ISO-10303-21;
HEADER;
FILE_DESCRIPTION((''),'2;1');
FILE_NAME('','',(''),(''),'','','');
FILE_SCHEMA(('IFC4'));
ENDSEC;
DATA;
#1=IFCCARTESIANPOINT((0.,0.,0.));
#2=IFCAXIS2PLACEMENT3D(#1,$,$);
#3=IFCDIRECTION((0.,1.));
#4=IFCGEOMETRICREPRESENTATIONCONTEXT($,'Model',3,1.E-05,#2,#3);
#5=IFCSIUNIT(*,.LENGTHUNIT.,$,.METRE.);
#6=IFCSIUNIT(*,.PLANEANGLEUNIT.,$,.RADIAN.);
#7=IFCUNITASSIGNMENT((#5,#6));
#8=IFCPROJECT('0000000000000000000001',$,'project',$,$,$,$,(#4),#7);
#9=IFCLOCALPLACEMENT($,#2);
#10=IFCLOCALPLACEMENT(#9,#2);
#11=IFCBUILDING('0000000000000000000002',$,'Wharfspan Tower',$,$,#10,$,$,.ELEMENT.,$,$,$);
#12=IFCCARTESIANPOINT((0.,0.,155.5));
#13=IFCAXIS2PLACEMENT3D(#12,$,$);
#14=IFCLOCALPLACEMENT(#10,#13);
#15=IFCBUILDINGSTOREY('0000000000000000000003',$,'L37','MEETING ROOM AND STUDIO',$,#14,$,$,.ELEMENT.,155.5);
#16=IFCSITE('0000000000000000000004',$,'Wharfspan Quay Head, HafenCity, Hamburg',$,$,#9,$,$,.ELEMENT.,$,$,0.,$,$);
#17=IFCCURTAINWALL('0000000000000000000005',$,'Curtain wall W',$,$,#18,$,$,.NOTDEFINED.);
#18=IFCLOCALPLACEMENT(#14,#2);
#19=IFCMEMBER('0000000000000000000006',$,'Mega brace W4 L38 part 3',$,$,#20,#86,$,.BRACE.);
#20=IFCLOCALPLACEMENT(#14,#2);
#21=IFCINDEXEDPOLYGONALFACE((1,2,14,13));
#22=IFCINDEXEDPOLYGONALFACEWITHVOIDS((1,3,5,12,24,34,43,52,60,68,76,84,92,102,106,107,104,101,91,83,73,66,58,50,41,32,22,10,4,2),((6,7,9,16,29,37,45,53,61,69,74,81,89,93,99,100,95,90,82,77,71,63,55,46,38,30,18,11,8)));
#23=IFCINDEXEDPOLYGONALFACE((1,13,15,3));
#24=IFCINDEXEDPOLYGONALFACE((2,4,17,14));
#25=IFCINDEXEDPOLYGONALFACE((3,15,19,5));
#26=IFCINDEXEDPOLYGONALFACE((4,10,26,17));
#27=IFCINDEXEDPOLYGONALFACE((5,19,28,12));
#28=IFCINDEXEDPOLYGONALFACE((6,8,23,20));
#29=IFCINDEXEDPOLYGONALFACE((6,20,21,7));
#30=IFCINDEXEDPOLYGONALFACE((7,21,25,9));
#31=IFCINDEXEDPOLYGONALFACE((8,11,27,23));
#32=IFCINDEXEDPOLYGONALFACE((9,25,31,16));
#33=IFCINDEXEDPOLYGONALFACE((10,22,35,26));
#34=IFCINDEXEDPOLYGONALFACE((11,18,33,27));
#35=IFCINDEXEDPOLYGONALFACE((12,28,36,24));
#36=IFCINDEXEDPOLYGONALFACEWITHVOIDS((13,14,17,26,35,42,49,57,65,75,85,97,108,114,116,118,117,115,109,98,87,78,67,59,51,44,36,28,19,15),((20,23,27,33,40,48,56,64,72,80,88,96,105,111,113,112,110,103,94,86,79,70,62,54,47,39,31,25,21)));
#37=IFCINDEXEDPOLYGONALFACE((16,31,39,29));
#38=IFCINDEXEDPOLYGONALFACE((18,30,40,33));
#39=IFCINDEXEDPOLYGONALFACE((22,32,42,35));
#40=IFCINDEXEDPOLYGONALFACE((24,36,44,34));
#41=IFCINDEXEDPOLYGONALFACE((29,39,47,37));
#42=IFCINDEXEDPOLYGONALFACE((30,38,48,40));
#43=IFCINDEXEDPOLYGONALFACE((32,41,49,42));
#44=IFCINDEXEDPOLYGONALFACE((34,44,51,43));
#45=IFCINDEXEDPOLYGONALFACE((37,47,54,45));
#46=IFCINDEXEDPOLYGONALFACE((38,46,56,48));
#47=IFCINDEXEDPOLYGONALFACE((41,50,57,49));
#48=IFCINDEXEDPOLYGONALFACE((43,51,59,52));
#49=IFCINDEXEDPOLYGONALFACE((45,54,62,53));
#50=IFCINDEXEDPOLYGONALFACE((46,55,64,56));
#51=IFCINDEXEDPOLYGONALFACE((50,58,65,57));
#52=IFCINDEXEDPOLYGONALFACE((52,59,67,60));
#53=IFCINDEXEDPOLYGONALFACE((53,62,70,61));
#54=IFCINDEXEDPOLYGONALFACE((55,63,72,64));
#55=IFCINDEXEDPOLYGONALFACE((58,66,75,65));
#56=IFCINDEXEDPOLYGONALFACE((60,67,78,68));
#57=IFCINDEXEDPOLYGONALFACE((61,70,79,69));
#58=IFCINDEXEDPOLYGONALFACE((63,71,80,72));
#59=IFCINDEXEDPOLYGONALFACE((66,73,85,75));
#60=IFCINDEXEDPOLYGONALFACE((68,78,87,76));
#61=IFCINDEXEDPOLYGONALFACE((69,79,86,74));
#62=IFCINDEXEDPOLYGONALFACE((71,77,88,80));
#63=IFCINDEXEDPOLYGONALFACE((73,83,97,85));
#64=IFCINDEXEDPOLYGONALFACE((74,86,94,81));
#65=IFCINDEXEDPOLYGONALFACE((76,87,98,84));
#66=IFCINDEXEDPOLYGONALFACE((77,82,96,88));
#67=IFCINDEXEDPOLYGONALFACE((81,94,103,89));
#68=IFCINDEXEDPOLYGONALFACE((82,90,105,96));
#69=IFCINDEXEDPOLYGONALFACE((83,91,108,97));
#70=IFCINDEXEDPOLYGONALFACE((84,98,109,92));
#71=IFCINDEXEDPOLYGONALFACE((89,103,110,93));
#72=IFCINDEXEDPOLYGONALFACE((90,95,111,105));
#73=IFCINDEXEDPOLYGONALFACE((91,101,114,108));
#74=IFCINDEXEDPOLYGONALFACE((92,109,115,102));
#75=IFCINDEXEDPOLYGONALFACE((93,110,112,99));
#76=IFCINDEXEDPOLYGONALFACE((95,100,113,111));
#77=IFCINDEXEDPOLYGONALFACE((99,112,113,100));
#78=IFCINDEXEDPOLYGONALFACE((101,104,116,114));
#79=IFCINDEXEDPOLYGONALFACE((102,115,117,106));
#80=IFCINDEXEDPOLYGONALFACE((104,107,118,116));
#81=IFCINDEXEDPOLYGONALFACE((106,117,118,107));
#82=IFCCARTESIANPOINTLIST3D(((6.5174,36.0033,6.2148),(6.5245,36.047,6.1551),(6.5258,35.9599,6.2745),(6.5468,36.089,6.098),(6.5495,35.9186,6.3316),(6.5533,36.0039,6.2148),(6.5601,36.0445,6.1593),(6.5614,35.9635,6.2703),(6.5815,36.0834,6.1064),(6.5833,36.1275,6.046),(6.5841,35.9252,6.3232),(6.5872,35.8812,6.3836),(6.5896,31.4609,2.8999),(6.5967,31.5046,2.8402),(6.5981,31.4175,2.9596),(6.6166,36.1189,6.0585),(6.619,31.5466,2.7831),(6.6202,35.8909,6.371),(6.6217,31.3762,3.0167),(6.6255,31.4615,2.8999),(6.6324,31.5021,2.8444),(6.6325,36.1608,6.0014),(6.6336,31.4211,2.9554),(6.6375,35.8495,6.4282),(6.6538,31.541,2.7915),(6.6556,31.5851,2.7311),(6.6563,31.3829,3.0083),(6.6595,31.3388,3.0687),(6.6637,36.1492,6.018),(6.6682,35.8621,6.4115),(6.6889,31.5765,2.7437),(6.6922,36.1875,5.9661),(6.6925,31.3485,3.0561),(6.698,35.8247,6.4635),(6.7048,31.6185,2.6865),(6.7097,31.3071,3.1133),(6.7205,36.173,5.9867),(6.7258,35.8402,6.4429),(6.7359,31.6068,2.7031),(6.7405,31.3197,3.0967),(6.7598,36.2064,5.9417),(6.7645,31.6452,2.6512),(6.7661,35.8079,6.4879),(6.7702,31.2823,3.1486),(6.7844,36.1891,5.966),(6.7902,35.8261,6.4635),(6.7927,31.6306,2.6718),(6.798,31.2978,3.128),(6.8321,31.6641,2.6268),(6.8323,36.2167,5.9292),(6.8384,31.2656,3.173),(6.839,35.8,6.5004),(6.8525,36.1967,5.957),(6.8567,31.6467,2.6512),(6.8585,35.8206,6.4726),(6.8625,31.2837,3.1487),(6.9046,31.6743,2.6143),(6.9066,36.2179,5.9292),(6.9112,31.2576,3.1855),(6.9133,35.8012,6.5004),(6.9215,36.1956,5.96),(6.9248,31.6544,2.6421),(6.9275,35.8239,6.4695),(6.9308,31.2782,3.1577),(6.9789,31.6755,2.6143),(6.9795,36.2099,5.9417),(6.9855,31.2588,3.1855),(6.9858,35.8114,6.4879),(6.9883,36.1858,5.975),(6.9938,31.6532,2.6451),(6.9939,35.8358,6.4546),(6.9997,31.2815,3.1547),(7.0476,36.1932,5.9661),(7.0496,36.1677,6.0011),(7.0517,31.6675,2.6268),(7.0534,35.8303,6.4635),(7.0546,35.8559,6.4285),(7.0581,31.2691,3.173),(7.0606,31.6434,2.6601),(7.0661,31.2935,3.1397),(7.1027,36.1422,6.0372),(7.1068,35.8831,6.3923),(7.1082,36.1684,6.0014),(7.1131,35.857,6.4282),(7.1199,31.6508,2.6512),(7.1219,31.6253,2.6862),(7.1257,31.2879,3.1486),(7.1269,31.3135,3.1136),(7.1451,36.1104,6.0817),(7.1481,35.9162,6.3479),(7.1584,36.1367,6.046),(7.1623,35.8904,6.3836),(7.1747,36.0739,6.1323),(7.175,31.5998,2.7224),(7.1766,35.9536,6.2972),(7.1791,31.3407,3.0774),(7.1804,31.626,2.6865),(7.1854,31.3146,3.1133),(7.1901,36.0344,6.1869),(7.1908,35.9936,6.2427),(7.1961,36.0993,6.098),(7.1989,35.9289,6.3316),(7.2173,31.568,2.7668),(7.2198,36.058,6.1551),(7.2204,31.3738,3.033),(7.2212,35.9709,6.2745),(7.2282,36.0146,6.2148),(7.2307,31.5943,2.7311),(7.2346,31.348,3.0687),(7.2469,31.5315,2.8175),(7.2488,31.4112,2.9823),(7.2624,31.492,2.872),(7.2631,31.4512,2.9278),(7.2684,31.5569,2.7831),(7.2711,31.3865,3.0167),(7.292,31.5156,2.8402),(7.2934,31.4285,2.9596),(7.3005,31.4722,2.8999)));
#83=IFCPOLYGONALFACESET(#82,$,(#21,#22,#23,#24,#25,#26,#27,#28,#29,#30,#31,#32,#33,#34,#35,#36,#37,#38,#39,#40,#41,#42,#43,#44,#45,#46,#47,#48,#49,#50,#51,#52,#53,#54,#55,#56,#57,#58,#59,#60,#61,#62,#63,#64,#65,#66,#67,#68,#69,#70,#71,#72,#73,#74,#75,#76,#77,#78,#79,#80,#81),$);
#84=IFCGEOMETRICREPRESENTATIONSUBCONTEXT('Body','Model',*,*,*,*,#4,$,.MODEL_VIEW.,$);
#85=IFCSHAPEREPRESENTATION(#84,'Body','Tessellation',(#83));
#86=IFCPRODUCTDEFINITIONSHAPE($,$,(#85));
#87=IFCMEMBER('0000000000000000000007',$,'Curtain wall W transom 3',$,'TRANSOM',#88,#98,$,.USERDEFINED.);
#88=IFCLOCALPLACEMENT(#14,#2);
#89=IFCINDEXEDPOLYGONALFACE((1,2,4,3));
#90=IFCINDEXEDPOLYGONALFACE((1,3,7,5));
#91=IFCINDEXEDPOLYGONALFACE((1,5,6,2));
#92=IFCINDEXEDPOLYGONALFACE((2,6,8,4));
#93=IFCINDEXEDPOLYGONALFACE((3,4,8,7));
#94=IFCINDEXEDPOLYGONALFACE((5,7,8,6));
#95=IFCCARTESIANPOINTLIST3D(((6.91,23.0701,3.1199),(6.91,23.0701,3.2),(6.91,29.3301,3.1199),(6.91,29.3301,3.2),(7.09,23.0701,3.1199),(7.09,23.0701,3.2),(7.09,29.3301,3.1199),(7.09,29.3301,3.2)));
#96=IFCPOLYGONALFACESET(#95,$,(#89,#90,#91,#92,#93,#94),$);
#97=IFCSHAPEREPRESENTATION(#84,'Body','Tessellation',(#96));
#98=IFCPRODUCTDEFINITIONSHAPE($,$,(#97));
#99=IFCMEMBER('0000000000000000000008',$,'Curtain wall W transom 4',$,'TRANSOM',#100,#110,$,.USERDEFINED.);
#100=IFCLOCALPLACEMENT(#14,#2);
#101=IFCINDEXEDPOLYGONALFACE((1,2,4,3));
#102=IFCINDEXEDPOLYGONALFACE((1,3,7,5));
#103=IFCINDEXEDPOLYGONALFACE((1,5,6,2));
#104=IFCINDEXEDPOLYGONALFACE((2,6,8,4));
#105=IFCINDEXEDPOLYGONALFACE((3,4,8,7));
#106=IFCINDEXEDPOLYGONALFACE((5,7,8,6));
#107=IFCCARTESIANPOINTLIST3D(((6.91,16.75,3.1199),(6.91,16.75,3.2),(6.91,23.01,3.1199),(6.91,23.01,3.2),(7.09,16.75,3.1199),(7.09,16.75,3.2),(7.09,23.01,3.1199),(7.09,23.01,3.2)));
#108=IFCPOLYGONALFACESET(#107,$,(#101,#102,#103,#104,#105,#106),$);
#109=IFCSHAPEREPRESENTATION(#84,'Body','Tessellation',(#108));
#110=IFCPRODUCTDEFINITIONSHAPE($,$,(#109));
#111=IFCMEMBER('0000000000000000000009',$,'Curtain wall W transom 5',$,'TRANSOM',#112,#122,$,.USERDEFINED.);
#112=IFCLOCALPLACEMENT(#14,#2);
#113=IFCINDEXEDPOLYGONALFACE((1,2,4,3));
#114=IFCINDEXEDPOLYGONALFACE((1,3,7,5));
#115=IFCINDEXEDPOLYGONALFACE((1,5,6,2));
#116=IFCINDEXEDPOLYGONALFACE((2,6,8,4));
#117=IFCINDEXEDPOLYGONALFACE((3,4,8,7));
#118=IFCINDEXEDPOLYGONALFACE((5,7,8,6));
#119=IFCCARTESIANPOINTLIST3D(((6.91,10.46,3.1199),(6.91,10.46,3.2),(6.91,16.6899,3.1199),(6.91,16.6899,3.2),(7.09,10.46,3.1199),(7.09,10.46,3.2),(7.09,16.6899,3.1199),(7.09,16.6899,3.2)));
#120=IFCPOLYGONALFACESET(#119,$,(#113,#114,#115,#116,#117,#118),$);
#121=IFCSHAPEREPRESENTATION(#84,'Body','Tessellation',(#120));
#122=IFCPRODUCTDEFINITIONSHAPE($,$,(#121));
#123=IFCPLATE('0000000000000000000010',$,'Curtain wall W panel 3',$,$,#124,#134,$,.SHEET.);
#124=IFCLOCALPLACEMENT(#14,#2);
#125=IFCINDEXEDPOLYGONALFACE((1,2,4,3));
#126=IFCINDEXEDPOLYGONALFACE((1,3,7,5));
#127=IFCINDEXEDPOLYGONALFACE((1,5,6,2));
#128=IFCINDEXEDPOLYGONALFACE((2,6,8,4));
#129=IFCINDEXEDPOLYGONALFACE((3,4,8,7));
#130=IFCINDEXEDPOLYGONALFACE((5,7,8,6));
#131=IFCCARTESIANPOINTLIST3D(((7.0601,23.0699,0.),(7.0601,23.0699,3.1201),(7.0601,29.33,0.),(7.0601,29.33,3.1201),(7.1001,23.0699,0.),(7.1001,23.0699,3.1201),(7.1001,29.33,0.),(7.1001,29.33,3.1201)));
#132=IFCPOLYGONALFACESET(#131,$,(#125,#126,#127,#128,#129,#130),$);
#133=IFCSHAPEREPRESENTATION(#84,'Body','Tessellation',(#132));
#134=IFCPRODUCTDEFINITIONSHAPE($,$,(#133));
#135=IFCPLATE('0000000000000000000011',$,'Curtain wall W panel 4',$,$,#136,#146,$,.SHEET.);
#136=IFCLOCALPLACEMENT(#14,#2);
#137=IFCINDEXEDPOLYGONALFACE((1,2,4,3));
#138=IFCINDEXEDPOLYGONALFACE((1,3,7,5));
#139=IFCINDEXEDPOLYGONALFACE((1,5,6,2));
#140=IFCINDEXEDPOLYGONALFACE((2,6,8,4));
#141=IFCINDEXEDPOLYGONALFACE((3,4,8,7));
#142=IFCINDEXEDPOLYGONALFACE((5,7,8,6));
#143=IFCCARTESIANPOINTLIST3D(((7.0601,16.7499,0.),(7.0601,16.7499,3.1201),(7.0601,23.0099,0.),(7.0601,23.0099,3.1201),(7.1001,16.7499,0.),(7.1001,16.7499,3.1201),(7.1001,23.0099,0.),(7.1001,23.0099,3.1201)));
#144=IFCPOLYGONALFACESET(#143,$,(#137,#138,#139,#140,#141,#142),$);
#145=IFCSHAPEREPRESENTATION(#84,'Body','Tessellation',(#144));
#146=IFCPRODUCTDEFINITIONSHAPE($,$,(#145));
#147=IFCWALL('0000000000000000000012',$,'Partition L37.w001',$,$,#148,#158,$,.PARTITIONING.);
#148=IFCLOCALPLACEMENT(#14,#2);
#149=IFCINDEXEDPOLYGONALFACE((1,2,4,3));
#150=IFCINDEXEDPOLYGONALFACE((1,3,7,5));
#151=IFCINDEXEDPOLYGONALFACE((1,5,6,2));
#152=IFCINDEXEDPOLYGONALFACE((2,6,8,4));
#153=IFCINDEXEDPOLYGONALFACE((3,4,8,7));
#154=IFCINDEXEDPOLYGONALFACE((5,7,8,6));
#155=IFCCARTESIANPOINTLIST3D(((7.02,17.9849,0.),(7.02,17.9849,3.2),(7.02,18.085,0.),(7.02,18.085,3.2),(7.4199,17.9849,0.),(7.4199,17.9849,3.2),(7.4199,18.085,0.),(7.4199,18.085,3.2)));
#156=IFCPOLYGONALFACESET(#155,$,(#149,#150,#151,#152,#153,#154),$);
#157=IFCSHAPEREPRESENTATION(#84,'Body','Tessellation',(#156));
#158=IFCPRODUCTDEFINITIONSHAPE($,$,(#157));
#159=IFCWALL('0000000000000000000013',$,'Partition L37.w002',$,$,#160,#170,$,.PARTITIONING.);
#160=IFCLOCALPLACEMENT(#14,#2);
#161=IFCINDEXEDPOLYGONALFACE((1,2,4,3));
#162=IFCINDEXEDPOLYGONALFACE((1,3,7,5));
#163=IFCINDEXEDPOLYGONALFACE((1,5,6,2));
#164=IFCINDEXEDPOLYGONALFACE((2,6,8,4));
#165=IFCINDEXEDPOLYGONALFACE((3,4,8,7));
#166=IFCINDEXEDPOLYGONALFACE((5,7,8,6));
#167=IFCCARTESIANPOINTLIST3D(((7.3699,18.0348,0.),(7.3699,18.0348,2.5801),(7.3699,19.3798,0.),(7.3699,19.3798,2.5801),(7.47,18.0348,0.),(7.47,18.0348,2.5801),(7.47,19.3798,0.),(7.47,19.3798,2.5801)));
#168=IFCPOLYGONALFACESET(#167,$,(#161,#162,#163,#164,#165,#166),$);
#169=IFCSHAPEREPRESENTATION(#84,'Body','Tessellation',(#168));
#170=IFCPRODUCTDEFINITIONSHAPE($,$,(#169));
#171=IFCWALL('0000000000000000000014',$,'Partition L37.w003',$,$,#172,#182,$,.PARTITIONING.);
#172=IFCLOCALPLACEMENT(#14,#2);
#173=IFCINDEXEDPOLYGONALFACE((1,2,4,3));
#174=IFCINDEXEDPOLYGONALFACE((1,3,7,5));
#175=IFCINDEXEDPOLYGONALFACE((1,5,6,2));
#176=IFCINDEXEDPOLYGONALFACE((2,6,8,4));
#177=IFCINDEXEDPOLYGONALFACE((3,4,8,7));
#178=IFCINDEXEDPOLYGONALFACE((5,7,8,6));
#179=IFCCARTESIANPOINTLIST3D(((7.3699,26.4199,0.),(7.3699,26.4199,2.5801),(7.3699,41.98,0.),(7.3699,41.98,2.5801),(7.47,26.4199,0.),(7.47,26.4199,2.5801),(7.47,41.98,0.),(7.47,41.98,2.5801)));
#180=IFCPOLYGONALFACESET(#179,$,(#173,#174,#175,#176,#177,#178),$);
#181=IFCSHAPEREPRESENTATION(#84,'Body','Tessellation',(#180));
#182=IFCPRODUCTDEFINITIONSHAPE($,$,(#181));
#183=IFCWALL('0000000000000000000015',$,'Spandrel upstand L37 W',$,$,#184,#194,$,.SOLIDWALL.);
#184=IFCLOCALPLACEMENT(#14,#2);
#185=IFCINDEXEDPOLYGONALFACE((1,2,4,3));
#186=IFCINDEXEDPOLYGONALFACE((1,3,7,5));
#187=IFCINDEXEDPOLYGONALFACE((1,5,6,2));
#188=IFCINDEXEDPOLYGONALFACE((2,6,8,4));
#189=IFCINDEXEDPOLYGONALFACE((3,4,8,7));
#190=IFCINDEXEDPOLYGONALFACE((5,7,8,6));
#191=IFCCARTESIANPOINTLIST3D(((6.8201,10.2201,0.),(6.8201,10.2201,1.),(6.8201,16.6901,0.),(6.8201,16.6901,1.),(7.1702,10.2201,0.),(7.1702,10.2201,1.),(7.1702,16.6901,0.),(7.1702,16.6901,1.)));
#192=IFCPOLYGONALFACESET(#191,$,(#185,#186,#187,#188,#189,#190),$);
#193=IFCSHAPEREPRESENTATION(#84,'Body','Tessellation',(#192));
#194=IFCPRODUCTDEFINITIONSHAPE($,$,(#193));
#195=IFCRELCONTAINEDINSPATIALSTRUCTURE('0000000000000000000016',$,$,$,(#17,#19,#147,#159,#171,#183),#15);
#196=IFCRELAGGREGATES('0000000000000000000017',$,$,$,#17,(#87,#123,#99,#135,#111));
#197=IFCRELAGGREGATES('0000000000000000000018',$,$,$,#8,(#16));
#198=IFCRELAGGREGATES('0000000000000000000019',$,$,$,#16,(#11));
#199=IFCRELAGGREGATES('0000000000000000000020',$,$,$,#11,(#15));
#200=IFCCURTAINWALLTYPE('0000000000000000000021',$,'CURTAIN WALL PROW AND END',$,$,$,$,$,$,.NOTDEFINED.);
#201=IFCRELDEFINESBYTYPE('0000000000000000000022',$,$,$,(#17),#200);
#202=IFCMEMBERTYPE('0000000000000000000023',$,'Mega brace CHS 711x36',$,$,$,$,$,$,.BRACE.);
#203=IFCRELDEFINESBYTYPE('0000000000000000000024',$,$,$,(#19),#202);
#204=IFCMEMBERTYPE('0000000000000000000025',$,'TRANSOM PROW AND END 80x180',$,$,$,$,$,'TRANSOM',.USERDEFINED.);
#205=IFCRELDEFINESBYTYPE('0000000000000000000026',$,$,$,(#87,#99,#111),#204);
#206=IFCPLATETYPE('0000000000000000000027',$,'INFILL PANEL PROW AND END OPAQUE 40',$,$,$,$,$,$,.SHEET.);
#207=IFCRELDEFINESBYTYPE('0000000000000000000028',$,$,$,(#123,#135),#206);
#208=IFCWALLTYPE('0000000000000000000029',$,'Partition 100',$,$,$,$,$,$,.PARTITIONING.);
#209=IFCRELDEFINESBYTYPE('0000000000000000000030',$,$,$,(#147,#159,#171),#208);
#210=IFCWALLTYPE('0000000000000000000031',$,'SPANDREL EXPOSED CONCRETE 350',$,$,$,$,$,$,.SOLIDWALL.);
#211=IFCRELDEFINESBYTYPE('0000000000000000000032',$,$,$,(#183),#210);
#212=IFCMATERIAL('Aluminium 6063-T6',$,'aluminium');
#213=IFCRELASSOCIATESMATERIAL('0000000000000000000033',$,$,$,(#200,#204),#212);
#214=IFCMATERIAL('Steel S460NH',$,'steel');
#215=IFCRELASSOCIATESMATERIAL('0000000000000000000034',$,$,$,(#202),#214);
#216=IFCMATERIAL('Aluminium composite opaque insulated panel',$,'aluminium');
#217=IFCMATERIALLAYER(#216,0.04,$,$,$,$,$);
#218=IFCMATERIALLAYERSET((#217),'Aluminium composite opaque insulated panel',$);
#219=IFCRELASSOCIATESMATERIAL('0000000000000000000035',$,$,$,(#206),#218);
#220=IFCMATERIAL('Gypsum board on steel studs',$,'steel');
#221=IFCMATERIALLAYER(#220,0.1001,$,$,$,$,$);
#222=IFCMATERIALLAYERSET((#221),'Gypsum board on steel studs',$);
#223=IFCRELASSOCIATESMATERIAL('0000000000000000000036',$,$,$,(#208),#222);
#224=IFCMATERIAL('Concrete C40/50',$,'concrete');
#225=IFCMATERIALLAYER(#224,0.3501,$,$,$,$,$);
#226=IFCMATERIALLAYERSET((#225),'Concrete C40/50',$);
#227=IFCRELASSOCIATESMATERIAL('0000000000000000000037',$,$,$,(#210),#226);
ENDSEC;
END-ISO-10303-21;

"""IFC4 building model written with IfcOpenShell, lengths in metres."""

from ifc_helpers import new_model, si_unit, direction, frame, frame_2d, origin, origin_2d, place, context, subcontext, project, spatial, rectangle, hollow_circle, extrude, material, layer, layer_set, material_profile, profile_set, type_object, element, aggregate, save


model = new_model("IFC4")

# Units and contexts
model_context = context("Model", 3, precision=1e-05, world=origin(), true_north=direction((0.0, 1.0)))
body_context = subcontext(model_context, "Body", "Model", "MODEL_VIEW")
ifc_project = project(units=[si_unit("LENGTHUNIT", "METRE"), si_unit("PLANEANGLEUNIT", "RADIAN")], contexts=[model_context])

# Site, building, storey
site_placement = place(None, origin())
site = spatial("IfcSite", under=ifc_project, at=site_placement, Name="Wharfspan Quay Head, HafenCity, Hamburg", CompositionType="ELEMENT", RefElevation=0.0)
building_placement = place(site_placement, origin())
building = spatial("IfcBuilding", under=site, at=building_placement, Name="Wharfspan Tower", CompositionType="ELEMENT")
storey_placement = place(building_placement, frame((0.0, 0.0, 155.5)))
storey = spatial("IfcBuildingStorey", under=building, at=storey_placement, Name="L37", Description="MEETING ROOM AND STUDIO", CompositionType="ELEMENT", Elevation=155.5)

# Curtain wall
ifc_material_1 = material(Name="Aluminium 6063-T6", Category="aluminium")
curtain_wall_type = type_object("IfcCurtainWallType", Name="CURTAIN WALL PROW AND END", PredefinedType="NOTDEFINED", material=ifc_material_1)
curtain_wall_placement = place(storey_placement, origin())
curtain_wall = element("IfcCurtainWall", 1, at=curtain_wall_placement, inside=storey, type_object=curtain_wall_type, Name="Curtain wall W", PredefinedType="NOTDEFINED")

# Member
ifc_material_2 = material(Name="Steel S460NH", Category="steel")
ifc_material_profile_1 = material_profile(ifc_material_2, hollow_circle(Radius=0.3555, WallThickness=0.0359, at=origin_2d()))
ifc_profile_set_1 = profile_set([ifc_material_profile_1], Name="Steel S460NH")
member_type_1 = type_object("IfcMemberType", Name="Mega brace CHS 711x36", PredefinedType="BRACE", material=ifc_profile_set_1)
member_1_placement = place(storey_placement, frame((6.9451, 31.4666, 2.8999), z_axis=(-0.01285, 0.807711, 0.589439), x_axis=(-0.999876, -0.015905, -0.000003)))
element("IfcMember", 2, at=member_1_placement, inside=storey, type_object=member_type_1, Name="Mega brace W4 L38 part 3", PredefinedType="BRACE", context=body_context, shape_type="SweptSolid", body=[
    extrude(hollow_circle(Radius=0.3555, WallThickness=0.0359, at=origin_2d()), origin(), (0.0, 0.0, 1.0), 5.6238),
])

# Members
ifc_material_profile_2 = material_profile(ifc_material_1, rectangle(XDim=0.1799, YDim=0.0801, at=origin_2d()))
ifc_profile_set_2 = profile_set([ifc_material_profile_2], Name="Aluminium 6063-T6")
member_type_2 = type_object("IfcMemberType", Name="TRANSOM PROW AND END 80x180", ElementType="TRANSOM", PredefinedType="USERDEFINED", material=ifc_profile_set_2)
member_2_placement = place(storey_placement, frame((7.0, 29.3301, 3.1599), z_axis=(0.0, -1.0, 0.0), x_axis=(1.0, 0.0, 0.0)))
member_2 = element("IfcMember", 3, at=member_2_placement, type_object=member_type_2, Name="Curtain wall W transom 3", ObjectType="TRANSOM", PredefinedType="USERDEFINED", context=body_context, shape_type="SweptSolid", body=[
    extrude(rectangle(XDim=0.1799, YDim=0.0801, at=origin_2d()), origin(), (0.0, 0.0, 1.0), 6.26),
])
member_3_placement = place(storey_placement, frame((7.0, 23.01, 3.1599), z_axis=(0.0, -1.0, 0.0), x_axis=(1.0, 0.0, 0.0)))
member_3 = element("IfcMember", 4, at=member_3_placement, type_object=member_type_2, Name="Curtain wall W transom 4", ObjectType="TRANSOM", PredefinedType="USERDEFINED", context=body_context, shape_type="SweptSolid", body=[
    extrude(rectangle(XDim=0.1799, YDim=0.0801, at=origin_2d()), origin(), (0.0, 0.0, 1.0), 6.26),
])
member_4_placement = place(storey_placement, frame((7.0, 16.6899, 3.1599), z_axis=(0.0, -1.0, 0.0), x_axis=(1.0, 0.0, 0.0)))
member_4 = element("IfcMember", 5, at=member_4_placement, type_object=member_type_2, Name="Curtain wall W transom 5", ObjectType="TRANSOM", PredefinedType="USERDEFINED", context=body_context, shape_type="SweptSolid", body=[
    extrude(rectangle(XDim=0.1799, YDim=0.0801, at=origin_2d()), origin(), (0.0, 0.0, 1.0), 6.23),
])

# Plates
ifc_material_3 = material(Name="Aluminium composite opaque insulated panel", Category="aluminium")
ifc_layer_1 = layer(ifc_material_3, 0.04)
ifc_layer_set_1 = layer_set([ifc_layer_1], Name="Aluminium composite opaque insulated panel")
plate_type = type_object("IfcPlateType", Name="INFILL PANEL PROW AND END OPAQUE 40", PredefinedType="SHEET", material=ifc_layer_set_1)
plate_1_placement = place(storey_placement, frame((7.0801, 26.2, 0.0), z_axis=(0.0, 0.0, 1.0), x_axis=(0.0, -1.0, 0.0)))
plate_1 = element("IfcPlate", 6, at=plate_1_placement, type_object=plate_type, Name="Curtain wall W panel 3", PredefinedType="SHEET", context=body_context, shape_type="SweptSolid", body=[
    extrude(rectangle(XDim=6.26, YDim=0.04, at=origin_2d()), origin(), (0.0, 0.0, 1.0), 3.1201),
])
plate_2_placement = place(storey_placement, frame((7.0801, 19.8799, 0.0), z_axis=(0.0, 0.0, 1.0), x_axis=(0.0, -1.0, 0.0)))
plate_2 = element("IfcPlate", 7, at=plate_2_placement, type_object=plate_type, Name="Curtain wall W panel 4", PredefinedType="SHEET", context=body_context, shape_type="SweptSolid", body=[
    extrude(rectangle(XDim=6.26, YDim=0.04, at=origin_2d()), origin(), (0.0, 0.0, 1.0), 3.1201),
])
aggregate(curtain_wall, [member_2, plate_1, member_3, plate_2, member_4])

# Walls
ifc_material_4 = material(Name="Gypsum board on steel studs", Category="steel")
ifc_layer_2 = layer(ifc_material_4, 0.1001)
ifc_layer_set_2 = layer_set([ifc_layer_2], Name="Gypsum board on steel studs")
wall_type_1 = type_object("IfcWallType", Name="Partition 100", PredefinedType="PARTITIONING", material=ifc_layer_set_2)
wall_1_placement = place(storey_placement, frame((7.02, 18.0349, 0.0), z_axis=(0.0, 0.0, 1.0), x_axis=(1.0, 0.0, 0.0)))
element("IfcWall", 8, at=wall_1_placement, inside=storey, type_object=wall_type_1, Name="Partition L37.w001", PredefinedType="PARTITIONING", context=body_context, shape_type="SweptSolid", body=[
    extrude(rectangle(XDim=0.3999, YDim=0.1001, at=frame_2d((0.2, 0.0))), origin(), (0.0, 0.0, 1.0), 3.2),
])
wall_2_placement = place(storey_placement, frame((7.4199, 18.0349, 0.0), z_axis=(0.0, 0.0, 1.0), x_axis=(0.0, 1.0, 0.0)))
element("IfcWall", 9, at=wall_2_placement, inside=storey, type_object=wall_type_1, Name="Partition L37.w002", PredefinedType="PARTITIONING", context=body_context, shape_type="SweptSolid", body=[
    extrude(rectangle(XDim=1.345, YDim=0.1001, at=frame_2d((0.6724, 0.0))), origin(), (0.0, 0.0, 1.0), 2.5801),
])
wall_3_placement = place(storey_placement, frame((7.4199, 26.4199, 0.0), z_axis=(0.0, 0.0, 1.0), x_axis=(0.0, 1.0, 0.0)))
element("IfcWall", 10, at=wall_3_placement, inside=storey, type_object=wall_type_1, Name="Partition L37.w003", PredefinedType="PARTITIONING", context=body_context, shape_type="SweptSolid", body=[
    extrude(rectangle(XDim=15.5601, YDim=0.1001, at=frame_2d((7.78, 0.0))), origin(), (0.0, 0.0, 1.0), 2.5801),
])
ifc_material_5 = material(Name="Concrete C40/50", Category="concrete")
ifc_layer_3 = layer(ifc_material_5, 0.3501)
ifc_layer_set_3 = layer_set([ifc_layer_3], Name="Concrete C40/50")
wall_type_2 = type_object("IfcWallType", Name="SPANDREL EXPOSED CONCRETE 350", PredefinedType="SOLIDWALL", material=ifc_layer_set_3)
wall_4_placement = place(storey_placement, frame((6.9951, 16.6899, 0.0), z_axis=(0.0, 0.0, 1.0), x_axis=(0.0, -1.0, 0.0)))
element("IfcWall", 11, at=wall_4_placement, inside=storey, type_object=wall_type_2, Name="Spandrel upstand L37 W", PredefinedType="SOLIDWALL", context=body_context, shape_type="SweptSolid", body=[
    extrude(rectangle(XDim=6.47, YDim=0.3501, at=frame_2d((3.2349, 0.0))), origin(), (0.0, 0.0, 1.0), 1.0),
])

save(model, "model.ifc")
